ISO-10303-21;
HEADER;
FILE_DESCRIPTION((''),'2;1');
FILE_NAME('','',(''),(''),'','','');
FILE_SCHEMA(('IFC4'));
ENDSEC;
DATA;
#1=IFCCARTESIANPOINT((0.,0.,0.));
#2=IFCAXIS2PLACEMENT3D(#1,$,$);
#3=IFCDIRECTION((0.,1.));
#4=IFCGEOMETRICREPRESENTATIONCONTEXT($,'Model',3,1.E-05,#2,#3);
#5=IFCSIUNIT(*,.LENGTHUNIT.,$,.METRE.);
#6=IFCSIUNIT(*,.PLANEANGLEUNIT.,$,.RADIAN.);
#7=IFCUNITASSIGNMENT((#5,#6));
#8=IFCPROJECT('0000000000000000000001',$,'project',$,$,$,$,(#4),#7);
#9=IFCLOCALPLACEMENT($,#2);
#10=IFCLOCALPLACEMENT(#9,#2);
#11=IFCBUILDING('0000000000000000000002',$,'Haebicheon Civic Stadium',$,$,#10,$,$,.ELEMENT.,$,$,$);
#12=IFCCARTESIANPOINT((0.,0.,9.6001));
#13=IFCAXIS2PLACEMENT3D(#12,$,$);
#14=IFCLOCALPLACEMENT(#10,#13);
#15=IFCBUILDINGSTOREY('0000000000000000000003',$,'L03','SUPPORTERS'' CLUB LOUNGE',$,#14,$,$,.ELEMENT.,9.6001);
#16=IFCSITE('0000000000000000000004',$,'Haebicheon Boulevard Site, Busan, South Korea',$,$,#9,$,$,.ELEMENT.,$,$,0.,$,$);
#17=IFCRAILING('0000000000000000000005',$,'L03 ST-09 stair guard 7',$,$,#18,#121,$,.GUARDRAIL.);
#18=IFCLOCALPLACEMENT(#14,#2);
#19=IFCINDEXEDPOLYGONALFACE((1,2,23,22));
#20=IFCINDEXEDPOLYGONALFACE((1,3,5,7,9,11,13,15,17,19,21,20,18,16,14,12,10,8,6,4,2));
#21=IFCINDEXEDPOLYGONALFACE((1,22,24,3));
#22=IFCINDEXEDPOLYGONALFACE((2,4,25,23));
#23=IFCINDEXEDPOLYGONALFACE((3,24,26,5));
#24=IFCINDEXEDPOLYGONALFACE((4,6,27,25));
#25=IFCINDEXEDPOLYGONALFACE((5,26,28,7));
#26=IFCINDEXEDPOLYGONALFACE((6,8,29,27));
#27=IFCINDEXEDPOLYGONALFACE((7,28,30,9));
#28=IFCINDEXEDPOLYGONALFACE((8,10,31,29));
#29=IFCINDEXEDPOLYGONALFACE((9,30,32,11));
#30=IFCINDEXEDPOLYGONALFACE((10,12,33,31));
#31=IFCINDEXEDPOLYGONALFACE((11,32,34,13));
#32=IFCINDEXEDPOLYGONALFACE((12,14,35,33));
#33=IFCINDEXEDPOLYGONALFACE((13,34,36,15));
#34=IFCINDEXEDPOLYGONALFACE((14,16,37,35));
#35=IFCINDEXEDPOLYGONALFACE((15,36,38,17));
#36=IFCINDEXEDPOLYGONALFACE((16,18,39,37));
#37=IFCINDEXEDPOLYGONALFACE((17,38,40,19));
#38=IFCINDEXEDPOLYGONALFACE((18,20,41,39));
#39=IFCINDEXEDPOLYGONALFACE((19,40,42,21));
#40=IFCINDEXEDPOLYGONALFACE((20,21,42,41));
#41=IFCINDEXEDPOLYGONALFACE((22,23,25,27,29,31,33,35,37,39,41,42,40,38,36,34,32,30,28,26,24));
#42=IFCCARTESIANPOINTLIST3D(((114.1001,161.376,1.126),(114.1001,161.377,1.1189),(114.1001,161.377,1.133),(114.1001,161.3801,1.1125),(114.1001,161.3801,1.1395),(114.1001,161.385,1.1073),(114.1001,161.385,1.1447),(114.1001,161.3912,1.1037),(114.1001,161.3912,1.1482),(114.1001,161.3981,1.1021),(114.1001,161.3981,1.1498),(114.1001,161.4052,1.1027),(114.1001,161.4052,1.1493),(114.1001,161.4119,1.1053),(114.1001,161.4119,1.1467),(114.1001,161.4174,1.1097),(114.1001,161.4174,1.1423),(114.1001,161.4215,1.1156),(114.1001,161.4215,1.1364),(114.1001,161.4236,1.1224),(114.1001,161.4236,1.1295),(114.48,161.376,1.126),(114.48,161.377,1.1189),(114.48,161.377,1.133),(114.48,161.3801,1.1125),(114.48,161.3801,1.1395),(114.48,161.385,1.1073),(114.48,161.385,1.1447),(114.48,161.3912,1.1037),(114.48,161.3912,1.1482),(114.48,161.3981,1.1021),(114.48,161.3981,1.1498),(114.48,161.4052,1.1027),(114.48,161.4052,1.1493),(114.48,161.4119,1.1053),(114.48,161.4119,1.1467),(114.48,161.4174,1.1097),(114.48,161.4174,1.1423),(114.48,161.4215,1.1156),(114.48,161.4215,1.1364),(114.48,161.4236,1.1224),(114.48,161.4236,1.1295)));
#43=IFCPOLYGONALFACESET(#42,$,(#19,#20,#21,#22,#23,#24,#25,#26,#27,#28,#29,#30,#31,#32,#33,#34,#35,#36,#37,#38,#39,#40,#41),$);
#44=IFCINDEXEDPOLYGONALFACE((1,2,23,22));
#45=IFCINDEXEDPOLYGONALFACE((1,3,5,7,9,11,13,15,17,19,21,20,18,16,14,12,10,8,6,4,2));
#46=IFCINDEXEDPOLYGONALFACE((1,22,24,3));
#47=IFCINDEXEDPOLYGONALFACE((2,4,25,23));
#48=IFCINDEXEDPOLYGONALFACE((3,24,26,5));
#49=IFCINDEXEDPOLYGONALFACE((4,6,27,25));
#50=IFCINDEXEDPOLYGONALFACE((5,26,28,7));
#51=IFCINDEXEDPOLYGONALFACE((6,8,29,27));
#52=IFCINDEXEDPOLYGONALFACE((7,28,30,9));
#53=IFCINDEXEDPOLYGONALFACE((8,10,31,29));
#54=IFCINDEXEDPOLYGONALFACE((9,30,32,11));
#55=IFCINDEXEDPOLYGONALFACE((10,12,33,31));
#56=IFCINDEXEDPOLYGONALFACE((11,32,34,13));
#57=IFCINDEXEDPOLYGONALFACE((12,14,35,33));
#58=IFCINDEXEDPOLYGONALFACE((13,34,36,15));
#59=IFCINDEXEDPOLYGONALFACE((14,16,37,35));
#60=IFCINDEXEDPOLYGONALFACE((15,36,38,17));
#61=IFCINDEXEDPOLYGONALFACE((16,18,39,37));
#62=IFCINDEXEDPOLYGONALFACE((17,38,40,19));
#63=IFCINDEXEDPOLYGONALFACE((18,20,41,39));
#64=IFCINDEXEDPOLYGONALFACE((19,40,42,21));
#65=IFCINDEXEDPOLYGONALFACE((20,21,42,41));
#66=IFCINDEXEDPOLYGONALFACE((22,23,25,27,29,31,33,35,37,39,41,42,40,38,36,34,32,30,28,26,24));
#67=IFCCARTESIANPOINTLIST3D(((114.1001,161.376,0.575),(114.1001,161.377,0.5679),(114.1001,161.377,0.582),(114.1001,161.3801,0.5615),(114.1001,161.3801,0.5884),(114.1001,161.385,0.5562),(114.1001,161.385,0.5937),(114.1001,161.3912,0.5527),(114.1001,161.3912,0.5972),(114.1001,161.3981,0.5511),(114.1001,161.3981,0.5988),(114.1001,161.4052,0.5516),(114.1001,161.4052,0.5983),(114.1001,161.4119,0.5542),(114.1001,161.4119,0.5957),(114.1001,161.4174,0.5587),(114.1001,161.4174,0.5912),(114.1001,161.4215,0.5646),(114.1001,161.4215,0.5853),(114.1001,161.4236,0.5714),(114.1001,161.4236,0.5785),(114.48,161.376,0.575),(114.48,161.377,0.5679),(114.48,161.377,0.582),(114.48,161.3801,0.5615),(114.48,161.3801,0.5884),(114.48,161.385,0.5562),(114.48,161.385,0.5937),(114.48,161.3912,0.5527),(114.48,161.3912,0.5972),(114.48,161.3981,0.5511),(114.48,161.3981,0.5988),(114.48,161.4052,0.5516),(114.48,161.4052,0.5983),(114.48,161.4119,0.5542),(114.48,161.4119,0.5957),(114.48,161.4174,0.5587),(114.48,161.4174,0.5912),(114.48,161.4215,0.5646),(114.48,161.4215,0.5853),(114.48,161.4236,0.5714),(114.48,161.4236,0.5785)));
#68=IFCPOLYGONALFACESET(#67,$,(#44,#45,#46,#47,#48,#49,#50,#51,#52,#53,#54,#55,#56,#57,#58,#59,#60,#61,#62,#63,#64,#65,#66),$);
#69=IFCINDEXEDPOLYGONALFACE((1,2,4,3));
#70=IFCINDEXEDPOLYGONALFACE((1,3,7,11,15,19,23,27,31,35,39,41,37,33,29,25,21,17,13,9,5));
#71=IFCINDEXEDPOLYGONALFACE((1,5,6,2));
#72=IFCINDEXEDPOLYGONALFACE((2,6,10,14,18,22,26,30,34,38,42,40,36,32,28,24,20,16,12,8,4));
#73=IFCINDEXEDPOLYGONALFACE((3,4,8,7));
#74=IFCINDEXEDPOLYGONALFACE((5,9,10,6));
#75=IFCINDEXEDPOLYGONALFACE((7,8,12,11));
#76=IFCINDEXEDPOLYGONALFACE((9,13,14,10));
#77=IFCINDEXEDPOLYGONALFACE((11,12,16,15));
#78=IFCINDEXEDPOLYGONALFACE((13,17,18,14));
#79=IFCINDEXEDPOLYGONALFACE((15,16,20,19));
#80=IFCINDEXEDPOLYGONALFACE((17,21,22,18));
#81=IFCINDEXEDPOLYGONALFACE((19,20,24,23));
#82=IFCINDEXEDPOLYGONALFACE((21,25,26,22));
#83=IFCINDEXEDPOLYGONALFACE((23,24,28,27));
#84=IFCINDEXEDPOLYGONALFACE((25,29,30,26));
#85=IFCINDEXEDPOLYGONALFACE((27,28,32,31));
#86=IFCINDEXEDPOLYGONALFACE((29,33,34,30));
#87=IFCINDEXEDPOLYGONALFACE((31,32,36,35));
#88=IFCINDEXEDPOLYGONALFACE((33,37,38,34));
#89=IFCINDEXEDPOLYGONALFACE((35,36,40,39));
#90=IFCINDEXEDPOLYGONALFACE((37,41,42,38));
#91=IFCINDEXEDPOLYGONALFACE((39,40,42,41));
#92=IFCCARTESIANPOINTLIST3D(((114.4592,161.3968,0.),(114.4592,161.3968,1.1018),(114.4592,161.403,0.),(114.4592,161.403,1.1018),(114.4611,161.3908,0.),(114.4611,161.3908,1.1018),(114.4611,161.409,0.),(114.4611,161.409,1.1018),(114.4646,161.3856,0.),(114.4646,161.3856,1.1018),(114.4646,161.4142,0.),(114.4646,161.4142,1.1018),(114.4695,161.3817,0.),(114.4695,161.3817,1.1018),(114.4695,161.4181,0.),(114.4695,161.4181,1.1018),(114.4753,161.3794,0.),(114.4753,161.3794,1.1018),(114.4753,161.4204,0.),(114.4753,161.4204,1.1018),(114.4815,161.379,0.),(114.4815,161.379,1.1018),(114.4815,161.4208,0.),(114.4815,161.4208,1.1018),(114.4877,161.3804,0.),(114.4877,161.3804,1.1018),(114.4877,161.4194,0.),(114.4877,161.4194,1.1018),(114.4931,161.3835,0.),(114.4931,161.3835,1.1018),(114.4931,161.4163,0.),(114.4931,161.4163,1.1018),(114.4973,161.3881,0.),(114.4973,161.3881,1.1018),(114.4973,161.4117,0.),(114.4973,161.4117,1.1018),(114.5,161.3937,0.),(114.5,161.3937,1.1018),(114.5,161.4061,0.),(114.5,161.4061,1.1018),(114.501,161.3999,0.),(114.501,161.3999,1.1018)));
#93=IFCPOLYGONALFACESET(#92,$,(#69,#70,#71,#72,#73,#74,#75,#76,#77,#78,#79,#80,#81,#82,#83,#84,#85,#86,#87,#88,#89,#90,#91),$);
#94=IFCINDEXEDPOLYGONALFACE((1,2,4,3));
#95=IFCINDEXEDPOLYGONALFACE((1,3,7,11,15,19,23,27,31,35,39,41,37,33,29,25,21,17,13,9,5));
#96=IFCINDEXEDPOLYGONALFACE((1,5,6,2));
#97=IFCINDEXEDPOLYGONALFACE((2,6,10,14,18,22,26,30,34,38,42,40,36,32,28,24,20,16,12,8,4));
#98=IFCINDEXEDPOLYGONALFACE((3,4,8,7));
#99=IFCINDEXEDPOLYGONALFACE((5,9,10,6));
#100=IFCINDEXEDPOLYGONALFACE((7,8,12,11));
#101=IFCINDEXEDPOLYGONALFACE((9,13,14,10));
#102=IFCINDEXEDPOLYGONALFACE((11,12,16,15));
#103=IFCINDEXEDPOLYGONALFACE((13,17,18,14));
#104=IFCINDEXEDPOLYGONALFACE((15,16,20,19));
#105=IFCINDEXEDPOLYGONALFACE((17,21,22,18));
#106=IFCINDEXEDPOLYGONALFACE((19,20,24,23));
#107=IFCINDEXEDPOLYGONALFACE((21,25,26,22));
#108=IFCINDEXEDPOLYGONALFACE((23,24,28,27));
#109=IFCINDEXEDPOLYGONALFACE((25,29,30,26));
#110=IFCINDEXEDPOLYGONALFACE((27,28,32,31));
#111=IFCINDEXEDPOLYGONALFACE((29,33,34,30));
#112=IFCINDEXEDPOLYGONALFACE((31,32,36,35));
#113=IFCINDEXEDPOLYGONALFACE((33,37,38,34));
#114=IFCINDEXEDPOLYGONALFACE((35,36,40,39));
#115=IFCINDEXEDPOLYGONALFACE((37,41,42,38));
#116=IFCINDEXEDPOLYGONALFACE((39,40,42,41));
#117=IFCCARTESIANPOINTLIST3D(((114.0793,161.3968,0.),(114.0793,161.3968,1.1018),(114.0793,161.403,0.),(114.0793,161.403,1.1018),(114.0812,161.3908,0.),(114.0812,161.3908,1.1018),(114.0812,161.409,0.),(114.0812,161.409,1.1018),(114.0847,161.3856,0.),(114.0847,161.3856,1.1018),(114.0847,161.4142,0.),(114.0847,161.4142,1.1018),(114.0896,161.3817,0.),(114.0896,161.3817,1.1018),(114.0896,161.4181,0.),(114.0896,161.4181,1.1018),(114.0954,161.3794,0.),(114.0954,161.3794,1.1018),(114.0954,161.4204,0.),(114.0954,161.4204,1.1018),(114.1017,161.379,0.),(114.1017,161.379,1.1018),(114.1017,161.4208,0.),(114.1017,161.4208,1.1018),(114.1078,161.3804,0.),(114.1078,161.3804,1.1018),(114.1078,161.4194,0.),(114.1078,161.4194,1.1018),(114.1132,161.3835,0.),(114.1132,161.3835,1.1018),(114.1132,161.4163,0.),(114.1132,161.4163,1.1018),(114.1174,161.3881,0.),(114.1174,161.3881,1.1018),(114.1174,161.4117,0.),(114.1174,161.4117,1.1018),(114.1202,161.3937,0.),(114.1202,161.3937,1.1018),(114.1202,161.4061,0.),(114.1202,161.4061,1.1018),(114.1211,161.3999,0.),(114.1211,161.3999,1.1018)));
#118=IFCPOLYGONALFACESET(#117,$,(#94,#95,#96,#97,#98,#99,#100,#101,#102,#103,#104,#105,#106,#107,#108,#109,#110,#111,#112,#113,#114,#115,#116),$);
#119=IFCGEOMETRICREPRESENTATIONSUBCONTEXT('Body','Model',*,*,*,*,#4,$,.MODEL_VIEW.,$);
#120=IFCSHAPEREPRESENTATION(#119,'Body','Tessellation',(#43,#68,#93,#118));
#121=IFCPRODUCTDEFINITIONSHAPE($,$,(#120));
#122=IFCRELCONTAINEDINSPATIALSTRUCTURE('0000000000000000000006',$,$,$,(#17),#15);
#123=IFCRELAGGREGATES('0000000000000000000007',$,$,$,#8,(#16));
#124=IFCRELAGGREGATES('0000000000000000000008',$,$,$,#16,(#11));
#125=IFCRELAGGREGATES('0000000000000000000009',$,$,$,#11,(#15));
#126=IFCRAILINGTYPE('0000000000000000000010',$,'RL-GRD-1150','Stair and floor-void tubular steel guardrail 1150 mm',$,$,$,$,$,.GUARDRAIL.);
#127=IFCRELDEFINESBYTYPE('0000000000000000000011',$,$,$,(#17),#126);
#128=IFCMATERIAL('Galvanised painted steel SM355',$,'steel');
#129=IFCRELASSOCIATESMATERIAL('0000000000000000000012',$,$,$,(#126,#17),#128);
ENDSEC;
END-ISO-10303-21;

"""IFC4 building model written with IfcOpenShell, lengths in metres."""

from ifc_helpers import new_model, si_unit, direction, frame, origin, origin_2d, place, context, subcontext, project, spatial, circle, extrude, material, type_object, element, save


model = new_model("IFC4")

# Units and contexts
model_context = context("Model", 3, precision=1e-05, world=origin(), true_north=direction((0.0, 1.0)))
body_context = subcontext(model_context, "Body", "Model", "MODEL_VIEW")
ifc_project = project(units=[si_unit("LENGTHUNIT", "METRE"), si_unit("PLANEANGLEUNIT", "RADIAN")], contexts=[model_context])

# Site, building, storey
site_placement = place(None, origin())
site = spatial("IfcSite", under=ifc_project, at=site_placement, Name="Haebicheon Boulevard Site, Busan, South Korea", CompositionType="ELEMENT", RefElevation=0.0)
building_placement = place(site_placement, origin())
building = spatial("IfcBuilding", under=site, at=building_placement, Name="Haebicheon Civic Stadium", CompositionType="ELEMENT")
storey_placement = place(building_placement, frame((0.0, 0.0, 9.6001)))
storey = spatial("IfcBuildingStorey", under=building, at=storey_placement, Name="L03", Description="SUPPORTERS' CLUB LOUNGE", CompositionType="ELEMENT", Elevation=9.6001)

# Railing
ifc_material_1 = material(Name="Galvanised painted steel SM355", Category="steel")
railing_type_1 = type_object("IfcRailingType", Name="RL-GRD-1150", Description="Stair and floor-void tubular steel guardrail 1150 mm", PredefinedType="GUARDRAIL", material=ifc_material_1)
railing_1_placement = place(storey_placement, frame((114.48, 161.3999, 0.0)))
element("IfcRailing", 1, at=railing_1_placement, inside=storey, type_object=railing_type_1, material=ifc_material_1, Name="L03 ST-09 stair guard 7", PredefinedType="GUARDRAIL", context=body_context, shape_type="SweptSolid", body=[
    extrude(circle(Radius=0.0239, at=origin_2d()), frame((0.0, 0.0, 1.126), z_axis=(-1.0, 0.0, 0.0), x_axis=(0.0, -1.0, 0.0)), (0.0, 0.0, 1.0), 0.3799),
    extrude(circle(Radius=0.0239, at=origin_2d()), frame((0.0, 0.0, 0.575), z_axis=(-1.0, 0.0, 0.0), x_axis=(0.0, -1.0, 0.0)), (0.0, 0.0, 1.0), 0.3799),
    extrude(circle(Radius=0.021, at=origin_2d()), origin(), (0.0, 0.0, 1.0), 1.1018),
    extrude(circle(Radius=0.021, at=origin_2d()), frame((-0.3799, 0.0, 0.0)), (0.0, 0.0, 1.0), 1.1018),
])

save(model, "model.ifc")
